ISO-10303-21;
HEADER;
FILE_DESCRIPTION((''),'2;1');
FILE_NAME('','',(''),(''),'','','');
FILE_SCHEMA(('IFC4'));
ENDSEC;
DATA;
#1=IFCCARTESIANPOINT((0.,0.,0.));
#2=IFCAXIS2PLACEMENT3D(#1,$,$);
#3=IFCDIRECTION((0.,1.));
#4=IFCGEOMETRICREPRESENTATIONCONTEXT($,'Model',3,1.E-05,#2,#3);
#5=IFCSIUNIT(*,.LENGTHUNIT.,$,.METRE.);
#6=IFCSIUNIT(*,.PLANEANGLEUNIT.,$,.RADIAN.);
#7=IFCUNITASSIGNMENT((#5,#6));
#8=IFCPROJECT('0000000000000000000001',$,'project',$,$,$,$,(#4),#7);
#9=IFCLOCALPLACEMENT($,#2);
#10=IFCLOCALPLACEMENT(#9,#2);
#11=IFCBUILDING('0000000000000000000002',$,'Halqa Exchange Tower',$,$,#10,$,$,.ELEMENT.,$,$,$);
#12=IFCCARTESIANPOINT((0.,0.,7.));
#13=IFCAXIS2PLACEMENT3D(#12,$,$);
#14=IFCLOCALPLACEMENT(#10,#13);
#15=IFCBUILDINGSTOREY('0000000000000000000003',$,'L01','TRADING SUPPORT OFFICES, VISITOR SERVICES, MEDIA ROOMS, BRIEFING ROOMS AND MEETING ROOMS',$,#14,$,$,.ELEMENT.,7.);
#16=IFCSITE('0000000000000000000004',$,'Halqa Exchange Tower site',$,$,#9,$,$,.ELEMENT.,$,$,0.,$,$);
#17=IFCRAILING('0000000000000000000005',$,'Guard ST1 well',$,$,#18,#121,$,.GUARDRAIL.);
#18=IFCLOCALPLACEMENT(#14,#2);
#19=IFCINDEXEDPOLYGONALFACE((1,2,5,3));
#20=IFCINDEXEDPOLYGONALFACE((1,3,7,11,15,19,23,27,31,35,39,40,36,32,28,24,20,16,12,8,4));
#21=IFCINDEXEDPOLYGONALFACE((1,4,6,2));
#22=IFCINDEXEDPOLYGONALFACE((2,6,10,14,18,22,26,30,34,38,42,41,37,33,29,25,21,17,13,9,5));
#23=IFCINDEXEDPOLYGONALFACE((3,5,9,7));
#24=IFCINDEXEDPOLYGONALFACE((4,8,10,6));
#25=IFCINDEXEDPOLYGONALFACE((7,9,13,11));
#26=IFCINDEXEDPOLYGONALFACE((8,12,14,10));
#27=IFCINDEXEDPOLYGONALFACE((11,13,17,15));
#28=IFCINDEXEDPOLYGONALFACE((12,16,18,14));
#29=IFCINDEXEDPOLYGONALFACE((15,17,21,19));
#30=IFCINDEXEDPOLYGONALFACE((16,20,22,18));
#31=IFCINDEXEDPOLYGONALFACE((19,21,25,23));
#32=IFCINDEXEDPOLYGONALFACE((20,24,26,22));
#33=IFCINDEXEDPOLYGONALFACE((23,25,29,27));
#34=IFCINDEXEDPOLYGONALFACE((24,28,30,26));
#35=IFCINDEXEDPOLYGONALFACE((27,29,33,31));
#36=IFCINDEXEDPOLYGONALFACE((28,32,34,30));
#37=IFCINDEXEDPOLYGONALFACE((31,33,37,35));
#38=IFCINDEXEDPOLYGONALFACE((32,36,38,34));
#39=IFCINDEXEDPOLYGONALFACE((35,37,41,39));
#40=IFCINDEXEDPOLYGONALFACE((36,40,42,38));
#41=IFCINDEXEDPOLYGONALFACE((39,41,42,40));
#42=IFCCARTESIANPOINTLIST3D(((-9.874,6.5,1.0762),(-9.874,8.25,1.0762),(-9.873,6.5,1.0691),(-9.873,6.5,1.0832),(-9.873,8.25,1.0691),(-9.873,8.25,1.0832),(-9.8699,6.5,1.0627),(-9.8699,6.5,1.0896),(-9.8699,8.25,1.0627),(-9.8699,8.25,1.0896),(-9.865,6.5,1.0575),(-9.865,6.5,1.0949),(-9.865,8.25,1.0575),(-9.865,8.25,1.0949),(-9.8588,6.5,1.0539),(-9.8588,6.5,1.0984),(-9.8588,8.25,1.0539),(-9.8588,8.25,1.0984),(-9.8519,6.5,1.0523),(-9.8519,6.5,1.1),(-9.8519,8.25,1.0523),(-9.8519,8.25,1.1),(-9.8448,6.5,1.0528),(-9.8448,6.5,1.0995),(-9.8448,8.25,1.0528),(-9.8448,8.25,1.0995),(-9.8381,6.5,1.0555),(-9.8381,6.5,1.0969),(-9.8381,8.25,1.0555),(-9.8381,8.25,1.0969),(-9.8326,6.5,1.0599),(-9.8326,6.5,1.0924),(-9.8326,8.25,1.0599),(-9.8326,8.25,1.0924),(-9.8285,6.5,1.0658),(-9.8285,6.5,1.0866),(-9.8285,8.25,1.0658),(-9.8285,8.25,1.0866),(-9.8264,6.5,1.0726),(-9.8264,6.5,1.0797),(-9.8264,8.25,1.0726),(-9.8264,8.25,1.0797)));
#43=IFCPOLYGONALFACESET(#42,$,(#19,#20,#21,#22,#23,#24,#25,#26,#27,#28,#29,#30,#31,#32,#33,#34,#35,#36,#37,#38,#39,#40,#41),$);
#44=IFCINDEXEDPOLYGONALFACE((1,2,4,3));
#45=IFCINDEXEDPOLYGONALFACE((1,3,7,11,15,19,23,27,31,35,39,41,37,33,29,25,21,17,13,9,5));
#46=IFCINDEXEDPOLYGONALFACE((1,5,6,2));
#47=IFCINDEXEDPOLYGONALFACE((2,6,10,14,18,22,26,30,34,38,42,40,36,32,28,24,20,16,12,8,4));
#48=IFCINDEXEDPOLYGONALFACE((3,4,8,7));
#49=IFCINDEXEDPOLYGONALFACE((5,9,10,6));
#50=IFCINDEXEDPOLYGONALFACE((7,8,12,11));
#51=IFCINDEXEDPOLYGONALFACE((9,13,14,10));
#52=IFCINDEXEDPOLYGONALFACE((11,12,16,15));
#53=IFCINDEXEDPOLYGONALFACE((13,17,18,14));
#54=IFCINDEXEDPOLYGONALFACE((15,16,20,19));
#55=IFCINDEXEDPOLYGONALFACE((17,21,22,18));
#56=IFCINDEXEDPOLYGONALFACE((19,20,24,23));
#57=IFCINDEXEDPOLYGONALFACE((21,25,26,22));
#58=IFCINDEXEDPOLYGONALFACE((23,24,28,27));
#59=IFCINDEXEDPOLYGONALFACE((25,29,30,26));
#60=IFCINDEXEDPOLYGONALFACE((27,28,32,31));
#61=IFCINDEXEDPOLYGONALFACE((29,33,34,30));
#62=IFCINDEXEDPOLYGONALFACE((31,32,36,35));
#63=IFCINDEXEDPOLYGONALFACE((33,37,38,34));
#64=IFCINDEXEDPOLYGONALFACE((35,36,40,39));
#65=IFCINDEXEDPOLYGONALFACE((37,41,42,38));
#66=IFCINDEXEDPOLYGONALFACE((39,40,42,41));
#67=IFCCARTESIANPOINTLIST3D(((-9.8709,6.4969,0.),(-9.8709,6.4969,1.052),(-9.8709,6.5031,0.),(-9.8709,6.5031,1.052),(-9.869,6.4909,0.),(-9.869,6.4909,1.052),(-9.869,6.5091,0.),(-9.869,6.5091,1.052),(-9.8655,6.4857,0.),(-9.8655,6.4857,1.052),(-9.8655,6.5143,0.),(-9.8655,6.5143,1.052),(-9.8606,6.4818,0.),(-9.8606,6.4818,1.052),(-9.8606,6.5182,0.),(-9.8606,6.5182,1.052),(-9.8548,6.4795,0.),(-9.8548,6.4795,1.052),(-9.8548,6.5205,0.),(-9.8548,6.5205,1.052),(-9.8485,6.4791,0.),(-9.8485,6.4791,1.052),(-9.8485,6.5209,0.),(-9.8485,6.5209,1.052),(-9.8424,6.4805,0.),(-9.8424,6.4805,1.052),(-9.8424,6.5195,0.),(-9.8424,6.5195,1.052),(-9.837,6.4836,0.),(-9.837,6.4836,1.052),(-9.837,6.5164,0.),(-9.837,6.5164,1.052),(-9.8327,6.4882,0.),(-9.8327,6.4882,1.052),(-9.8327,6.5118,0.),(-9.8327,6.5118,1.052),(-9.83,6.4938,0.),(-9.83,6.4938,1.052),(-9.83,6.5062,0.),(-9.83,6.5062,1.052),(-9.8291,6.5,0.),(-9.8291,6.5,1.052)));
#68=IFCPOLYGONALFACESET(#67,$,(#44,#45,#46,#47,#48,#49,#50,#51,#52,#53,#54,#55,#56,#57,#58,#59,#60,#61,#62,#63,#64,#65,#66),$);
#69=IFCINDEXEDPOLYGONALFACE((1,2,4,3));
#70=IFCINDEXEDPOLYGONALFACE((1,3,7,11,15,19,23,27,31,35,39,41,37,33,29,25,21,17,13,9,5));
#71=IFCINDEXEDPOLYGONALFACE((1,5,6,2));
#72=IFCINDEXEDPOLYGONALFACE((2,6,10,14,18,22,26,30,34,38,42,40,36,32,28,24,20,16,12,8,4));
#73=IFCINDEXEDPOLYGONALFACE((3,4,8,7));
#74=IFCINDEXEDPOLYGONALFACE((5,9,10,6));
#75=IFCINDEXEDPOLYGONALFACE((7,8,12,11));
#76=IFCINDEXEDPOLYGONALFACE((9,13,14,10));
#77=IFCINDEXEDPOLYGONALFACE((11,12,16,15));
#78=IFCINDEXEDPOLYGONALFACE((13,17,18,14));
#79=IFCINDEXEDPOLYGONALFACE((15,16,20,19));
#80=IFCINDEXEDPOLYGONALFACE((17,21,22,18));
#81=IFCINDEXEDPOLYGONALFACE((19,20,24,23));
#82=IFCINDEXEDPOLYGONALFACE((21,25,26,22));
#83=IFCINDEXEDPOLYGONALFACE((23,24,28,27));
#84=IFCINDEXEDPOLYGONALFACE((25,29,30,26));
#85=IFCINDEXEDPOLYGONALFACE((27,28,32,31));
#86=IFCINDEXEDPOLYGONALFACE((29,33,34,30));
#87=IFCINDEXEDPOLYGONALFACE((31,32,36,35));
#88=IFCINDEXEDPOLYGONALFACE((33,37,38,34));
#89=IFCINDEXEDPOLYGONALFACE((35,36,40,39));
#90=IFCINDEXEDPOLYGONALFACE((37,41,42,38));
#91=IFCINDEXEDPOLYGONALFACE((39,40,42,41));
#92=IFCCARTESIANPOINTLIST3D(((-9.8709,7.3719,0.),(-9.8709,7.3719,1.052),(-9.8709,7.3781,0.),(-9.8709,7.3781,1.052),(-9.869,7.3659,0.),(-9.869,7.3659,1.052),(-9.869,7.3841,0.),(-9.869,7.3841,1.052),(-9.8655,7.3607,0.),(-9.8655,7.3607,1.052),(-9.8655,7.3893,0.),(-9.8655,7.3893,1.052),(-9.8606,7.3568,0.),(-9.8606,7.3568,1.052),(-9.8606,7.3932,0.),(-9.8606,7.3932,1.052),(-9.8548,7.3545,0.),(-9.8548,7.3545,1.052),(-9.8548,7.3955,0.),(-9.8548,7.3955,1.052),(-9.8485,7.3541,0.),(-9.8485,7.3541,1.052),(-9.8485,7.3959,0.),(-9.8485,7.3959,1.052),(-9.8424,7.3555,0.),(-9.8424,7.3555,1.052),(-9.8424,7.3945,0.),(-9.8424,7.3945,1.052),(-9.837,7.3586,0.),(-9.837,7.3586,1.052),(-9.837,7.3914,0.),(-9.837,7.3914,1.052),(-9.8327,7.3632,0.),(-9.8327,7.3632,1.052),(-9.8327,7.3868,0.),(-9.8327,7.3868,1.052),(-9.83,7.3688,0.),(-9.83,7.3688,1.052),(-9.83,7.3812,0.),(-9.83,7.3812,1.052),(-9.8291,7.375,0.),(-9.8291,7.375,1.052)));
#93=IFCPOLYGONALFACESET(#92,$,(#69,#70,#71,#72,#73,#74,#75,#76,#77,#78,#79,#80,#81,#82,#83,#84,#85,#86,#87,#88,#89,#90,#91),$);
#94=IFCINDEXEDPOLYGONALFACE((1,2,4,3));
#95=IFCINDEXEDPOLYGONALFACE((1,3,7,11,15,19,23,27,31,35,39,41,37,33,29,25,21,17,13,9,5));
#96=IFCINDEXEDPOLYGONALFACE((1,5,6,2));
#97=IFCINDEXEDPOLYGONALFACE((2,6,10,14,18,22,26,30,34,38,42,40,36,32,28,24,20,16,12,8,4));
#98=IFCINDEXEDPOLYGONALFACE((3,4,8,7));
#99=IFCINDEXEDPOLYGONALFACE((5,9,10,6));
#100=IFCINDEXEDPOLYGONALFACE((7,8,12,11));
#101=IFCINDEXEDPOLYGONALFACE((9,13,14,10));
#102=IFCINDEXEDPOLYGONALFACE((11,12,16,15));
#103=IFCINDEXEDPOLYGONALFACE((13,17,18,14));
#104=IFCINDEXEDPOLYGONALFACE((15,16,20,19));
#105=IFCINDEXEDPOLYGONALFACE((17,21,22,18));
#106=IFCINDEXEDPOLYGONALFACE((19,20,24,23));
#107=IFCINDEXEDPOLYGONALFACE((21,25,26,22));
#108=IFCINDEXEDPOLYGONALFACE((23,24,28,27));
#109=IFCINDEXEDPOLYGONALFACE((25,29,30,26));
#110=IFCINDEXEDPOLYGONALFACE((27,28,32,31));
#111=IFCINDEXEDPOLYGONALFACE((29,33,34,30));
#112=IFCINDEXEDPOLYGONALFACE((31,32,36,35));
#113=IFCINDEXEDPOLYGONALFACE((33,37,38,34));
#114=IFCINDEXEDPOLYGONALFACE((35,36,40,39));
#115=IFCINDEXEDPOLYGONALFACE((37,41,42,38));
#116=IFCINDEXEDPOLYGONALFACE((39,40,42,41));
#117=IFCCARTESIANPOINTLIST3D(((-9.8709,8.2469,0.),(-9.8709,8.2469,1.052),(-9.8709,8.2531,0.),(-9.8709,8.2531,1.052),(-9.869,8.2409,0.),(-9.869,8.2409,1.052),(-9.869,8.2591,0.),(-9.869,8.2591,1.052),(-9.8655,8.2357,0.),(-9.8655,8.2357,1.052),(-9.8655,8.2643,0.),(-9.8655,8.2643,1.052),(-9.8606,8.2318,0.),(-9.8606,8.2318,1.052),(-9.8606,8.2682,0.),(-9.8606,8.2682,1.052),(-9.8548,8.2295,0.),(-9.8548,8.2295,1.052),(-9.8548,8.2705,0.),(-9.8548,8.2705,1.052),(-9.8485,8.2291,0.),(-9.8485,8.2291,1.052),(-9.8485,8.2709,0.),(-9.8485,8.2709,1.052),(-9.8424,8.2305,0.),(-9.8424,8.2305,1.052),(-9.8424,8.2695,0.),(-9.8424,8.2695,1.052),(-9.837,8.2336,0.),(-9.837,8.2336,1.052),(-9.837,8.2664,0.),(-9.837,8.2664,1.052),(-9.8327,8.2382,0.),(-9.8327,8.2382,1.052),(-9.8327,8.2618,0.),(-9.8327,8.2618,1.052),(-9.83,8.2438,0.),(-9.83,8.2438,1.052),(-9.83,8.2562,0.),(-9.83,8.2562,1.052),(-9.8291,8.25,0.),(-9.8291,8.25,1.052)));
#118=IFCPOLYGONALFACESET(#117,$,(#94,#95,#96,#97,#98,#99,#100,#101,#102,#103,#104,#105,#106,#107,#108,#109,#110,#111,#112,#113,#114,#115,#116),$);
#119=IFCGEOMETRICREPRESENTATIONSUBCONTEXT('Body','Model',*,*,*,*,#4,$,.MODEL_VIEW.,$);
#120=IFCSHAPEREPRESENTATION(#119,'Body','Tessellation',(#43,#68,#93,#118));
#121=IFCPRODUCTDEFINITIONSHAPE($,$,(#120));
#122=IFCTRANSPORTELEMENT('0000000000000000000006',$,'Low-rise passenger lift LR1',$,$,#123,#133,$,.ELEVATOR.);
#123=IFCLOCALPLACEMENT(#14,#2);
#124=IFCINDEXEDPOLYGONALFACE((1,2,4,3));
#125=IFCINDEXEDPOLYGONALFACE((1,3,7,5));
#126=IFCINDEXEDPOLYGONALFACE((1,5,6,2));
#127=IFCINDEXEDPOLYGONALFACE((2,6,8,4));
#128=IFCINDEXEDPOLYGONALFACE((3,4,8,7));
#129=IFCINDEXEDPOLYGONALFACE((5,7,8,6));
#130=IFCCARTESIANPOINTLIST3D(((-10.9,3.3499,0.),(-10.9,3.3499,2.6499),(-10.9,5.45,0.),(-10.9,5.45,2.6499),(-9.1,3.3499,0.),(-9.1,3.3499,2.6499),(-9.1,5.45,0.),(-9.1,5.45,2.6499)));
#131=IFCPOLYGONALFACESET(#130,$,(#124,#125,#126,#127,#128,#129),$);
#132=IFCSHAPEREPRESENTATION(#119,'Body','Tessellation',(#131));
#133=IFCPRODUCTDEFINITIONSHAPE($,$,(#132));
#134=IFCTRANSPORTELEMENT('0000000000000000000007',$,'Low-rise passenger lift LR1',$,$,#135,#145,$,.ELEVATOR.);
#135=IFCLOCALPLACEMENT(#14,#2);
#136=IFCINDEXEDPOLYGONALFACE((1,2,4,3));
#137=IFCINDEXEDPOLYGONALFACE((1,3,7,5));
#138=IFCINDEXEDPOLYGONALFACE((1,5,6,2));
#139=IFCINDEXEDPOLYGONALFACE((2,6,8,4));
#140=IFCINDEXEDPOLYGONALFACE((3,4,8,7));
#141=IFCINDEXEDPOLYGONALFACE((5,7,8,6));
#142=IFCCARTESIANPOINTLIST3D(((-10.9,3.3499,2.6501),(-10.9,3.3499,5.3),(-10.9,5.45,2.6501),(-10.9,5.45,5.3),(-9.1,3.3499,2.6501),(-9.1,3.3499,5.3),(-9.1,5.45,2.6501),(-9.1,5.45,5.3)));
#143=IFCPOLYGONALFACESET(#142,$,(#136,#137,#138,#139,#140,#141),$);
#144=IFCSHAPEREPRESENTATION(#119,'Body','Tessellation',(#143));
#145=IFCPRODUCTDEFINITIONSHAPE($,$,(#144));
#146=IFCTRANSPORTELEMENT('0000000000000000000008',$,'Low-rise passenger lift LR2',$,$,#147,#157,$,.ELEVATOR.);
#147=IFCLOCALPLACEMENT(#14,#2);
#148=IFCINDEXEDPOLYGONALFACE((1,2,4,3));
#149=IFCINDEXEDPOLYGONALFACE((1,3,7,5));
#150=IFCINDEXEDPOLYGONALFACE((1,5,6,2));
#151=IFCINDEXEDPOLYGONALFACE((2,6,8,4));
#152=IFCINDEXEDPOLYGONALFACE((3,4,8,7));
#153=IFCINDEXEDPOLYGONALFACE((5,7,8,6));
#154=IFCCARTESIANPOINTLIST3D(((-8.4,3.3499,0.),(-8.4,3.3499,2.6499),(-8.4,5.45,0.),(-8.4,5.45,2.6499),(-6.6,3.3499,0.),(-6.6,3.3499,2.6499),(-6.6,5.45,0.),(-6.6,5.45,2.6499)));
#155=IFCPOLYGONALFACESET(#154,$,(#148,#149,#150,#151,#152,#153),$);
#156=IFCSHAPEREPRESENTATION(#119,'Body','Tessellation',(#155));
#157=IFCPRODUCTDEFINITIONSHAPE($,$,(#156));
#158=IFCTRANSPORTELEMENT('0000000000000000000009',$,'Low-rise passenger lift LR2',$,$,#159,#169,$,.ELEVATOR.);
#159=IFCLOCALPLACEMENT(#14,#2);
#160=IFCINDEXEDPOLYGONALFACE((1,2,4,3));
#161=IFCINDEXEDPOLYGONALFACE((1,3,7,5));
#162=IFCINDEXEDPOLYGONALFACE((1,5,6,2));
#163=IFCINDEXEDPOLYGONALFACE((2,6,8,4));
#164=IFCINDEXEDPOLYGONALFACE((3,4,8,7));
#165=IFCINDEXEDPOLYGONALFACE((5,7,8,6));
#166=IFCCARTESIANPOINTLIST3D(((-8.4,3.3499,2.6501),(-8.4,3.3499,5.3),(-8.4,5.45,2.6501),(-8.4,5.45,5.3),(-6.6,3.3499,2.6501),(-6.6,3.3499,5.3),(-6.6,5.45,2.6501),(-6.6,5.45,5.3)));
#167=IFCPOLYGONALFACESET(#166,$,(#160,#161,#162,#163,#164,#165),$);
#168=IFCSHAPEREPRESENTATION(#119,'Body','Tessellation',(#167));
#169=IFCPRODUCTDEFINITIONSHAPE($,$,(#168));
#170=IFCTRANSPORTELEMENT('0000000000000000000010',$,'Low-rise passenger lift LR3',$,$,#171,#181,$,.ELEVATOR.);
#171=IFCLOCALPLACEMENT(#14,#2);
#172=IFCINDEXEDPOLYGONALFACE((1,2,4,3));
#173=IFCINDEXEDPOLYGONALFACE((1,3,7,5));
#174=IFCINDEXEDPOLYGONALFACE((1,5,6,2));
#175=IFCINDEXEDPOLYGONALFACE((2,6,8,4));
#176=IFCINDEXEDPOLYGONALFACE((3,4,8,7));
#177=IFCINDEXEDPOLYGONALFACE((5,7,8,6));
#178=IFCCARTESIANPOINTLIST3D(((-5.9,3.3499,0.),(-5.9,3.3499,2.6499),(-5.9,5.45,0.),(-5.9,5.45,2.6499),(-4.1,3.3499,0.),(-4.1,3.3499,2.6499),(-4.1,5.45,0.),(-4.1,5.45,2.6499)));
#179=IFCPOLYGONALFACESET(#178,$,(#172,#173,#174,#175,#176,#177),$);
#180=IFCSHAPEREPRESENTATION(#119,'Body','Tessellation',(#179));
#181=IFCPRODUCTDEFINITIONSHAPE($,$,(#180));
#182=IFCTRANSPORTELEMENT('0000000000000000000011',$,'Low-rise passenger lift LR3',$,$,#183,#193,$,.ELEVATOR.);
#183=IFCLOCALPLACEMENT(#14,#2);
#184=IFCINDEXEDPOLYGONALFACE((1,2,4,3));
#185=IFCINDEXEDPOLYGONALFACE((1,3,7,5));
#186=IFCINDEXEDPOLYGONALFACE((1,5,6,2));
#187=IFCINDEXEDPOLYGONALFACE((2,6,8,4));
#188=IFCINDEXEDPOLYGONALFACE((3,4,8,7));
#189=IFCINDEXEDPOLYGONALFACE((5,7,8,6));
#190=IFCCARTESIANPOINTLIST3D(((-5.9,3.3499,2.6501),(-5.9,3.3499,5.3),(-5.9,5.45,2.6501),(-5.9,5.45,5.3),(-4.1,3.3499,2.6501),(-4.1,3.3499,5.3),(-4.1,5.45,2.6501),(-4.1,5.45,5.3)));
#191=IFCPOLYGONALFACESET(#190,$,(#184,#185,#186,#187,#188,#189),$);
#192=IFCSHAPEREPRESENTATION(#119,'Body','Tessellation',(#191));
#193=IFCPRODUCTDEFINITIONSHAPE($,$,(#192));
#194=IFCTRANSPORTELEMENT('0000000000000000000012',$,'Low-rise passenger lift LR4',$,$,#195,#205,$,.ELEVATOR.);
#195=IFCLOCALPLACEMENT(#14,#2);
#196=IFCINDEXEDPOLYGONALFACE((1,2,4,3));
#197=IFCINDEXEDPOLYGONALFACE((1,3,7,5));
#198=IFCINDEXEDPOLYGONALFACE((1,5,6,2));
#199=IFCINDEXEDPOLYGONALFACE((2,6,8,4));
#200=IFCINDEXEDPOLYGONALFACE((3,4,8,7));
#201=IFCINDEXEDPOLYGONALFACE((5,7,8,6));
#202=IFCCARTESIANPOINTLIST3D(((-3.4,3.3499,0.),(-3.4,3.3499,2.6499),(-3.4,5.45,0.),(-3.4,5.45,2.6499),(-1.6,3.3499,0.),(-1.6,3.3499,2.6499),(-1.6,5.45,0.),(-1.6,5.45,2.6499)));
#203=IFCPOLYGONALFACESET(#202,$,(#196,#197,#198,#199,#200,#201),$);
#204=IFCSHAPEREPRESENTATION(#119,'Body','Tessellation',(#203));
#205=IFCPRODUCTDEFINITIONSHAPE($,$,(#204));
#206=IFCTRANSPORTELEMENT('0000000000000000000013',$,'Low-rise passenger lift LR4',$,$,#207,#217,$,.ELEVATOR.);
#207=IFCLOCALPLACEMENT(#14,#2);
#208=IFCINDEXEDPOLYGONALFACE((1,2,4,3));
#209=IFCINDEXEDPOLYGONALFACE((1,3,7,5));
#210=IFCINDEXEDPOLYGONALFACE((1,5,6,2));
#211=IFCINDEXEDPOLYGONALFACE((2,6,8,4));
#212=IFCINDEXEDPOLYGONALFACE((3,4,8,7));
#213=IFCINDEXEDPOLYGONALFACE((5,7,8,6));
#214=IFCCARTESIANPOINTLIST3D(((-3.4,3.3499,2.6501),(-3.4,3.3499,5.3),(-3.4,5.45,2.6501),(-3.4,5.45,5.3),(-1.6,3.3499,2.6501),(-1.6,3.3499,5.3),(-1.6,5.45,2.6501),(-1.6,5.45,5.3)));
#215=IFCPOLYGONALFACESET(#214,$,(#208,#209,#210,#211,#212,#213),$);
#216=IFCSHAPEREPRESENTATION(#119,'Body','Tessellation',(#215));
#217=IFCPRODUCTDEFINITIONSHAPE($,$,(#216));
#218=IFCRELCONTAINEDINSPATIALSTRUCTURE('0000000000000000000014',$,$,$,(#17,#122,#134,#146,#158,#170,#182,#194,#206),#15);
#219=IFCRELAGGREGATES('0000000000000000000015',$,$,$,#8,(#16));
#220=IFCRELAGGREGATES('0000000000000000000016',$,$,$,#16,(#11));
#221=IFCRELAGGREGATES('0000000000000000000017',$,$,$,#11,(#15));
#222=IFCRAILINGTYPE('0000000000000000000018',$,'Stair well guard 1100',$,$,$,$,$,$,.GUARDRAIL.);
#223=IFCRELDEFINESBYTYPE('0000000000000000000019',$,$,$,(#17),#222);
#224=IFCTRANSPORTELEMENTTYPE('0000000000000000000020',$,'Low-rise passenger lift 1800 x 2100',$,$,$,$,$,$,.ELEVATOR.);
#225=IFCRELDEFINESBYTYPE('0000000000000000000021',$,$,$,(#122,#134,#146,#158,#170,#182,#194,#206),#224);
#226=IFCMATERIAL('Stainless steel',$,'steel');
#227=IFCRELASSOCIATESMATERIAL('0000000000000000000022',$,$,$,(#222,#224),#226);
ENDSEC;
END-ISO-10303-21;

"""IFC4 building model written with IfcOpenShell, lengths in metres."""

from ifc_helpers import new_model, si_unit, direction, frame, origin, origin_2d, place, context, subcontext, project, spatial, rectangle, circle, extrude, material, type_object, element, save


model = new_model("IFC4")

# Units and contexts
model_context = context("Model", 3, precision=1e-05, world=origin(), true_north=direction((0.0, 1.0)))
body_context = subcontext(model_context, "Body", "Model", "MODEL_VIEW")
ifc_project = project(units=[si_unit("LENGTHUNIT", "METRE"), si_unit("PLANEANGLEUNIT", "RADIAN")], contexts=[model_context])

# Site, building, storey
site_placement = place(None, origin())
site = spatial("IfcSite", under=ifc_project, at=site_placement, Name="Halqa Exchange Tower site", CompositionType="ELEMENT", RefElevation=0.0)
building_placement = place(site_placement, origin())
building = spatial("IfcBuilding", under=site, at=building_placement, Name="Halqa Exchange Tower", CompositionType="ELEMENT")
storey_placement = place(building_placement, frame((0.0, 0.0, 7.0)))
storey = spatial("IfcBuildingStorey", under=building, at=storey_placement, Name="L01", Description="TRADING SUPPORT OFFICES, VISITOR SERVICES, MEDIA ROOMS, BRIEFING ROOMS AND MEETING ROOMS", CompositionType="ELEMENT", Elevation=7.0)

# Shared definitions
ifc_material_1 = material(Name="Stainless steel", Category="steel")

# Railing
railing_type_1 = type_object("IfcRailingType", Name="Stair well guard 1100", PredefinedType="GUARDRAIL", material=ifc_material_1)
railing_1_placement = place(storey_placement, frame((-9.8501, 6.5, 0.0)))
element("IfcRailing", 1, at=railing_1_placement, inside=storey, type_object=railing_type_1, Name="Guard ST1 well", PredefinedType="GUARDRAIL", context=body_context, shape_type="SweptSolid", body=[
    extrude(circle(Radius=0.0239, at=origin_2d()), frame((0.0, 0.0, 1.0762), z_axis=(0.0, 1.0, 0.0), x_axis=(-1.0, 0.0, 0.0)), (0.0, 0.0, 1.0), 1.75),
    extrude(circle(Radius=0.021, at=origin_2d()), origin(), (0.0, 0.0, 1.0), 1.052),
    extrude(circle(Radius=0.021, at=origin_2d()), frame((0.0, 0.875, 0.0)), (0.0, 0.0, 1.0), 1.052),
    extrude(circle(Radius=0.021, at=origin_2d()), frame((0.0, 1.75, 0.0)), (0.0, 0.0, 1.0), 1.052),
])

# Transport elements
transport_element_type = type_object("IfcTransportElementType", Name="Low-rise passenger lift 1800 x 2100", PredefinedType="ELEVATOR", material=ifc_material_1)
for number, where, z_axis, x_axis, name in (
    (2, (-10.0, 4.3999, 0.0), (0.0, 0.0, 1.0), (1.0, 0.0, 0.0), "Low-rise passenger lift LR1"),
    (3, (-10.0, 4.3999, 2.6501), (0.0, 0.0, 1.0), (1.0, 0.0, 0.0), "Low-rise passenger lift LR1"),
    (4, (-7.5, 4.3999, 0.0), (0.0, 0.0, 1.0), (1.0, 0.0, 0.0), "Low-rise passenger lift LR2"),
    (5, (-7.5, 4.3999, 2.6501), (0.0, 0.0, 1.0), (1.0, 0.0, 0.0), "Low-rise passenger lift LR2"),
    (6, (-5.0, 4.3999, 0.0), (0.0, 0.0, 1.0), (1.0, 0.0, 0.0), "Low-rise passenger lift LR3"),
    (7, (-5.0, 4.3999, 2.6501), (0.0, 0.0, 1.0), (1.0, 0.0, 0.0), "Low-rise passenger lift LR3"),
    (8, (-2.5, 4.3999, 0.0), (0.0, 0.0, 1.0), (1.0, 0.0, 0.0), "Low-rise passenger lift LR4"),
    (9, (-2.5, 4.3999, 2.6501), (0.0, 0.0, 1.0), (1.0, 0.0, 0.0), "Low-rise passenger lift LR4"),
):
    element("IfcTransportElement", number, at=place(storey_placement, frame(where, z_axis=z_axis, x_axis=x_axis)), inside=storey, type_object=transport_element_type, Name=name, PredefinedType="ELEVATOR", context=body_context, shape_type="SweptSolid", body=[
        extrude(rectangle(XDim=1.8, YDim=2.1001, at=origin_2d()), origin(), (0.0, 0.0, 1.0), 2.6499),
    ])

save(model, "model.ifc")
